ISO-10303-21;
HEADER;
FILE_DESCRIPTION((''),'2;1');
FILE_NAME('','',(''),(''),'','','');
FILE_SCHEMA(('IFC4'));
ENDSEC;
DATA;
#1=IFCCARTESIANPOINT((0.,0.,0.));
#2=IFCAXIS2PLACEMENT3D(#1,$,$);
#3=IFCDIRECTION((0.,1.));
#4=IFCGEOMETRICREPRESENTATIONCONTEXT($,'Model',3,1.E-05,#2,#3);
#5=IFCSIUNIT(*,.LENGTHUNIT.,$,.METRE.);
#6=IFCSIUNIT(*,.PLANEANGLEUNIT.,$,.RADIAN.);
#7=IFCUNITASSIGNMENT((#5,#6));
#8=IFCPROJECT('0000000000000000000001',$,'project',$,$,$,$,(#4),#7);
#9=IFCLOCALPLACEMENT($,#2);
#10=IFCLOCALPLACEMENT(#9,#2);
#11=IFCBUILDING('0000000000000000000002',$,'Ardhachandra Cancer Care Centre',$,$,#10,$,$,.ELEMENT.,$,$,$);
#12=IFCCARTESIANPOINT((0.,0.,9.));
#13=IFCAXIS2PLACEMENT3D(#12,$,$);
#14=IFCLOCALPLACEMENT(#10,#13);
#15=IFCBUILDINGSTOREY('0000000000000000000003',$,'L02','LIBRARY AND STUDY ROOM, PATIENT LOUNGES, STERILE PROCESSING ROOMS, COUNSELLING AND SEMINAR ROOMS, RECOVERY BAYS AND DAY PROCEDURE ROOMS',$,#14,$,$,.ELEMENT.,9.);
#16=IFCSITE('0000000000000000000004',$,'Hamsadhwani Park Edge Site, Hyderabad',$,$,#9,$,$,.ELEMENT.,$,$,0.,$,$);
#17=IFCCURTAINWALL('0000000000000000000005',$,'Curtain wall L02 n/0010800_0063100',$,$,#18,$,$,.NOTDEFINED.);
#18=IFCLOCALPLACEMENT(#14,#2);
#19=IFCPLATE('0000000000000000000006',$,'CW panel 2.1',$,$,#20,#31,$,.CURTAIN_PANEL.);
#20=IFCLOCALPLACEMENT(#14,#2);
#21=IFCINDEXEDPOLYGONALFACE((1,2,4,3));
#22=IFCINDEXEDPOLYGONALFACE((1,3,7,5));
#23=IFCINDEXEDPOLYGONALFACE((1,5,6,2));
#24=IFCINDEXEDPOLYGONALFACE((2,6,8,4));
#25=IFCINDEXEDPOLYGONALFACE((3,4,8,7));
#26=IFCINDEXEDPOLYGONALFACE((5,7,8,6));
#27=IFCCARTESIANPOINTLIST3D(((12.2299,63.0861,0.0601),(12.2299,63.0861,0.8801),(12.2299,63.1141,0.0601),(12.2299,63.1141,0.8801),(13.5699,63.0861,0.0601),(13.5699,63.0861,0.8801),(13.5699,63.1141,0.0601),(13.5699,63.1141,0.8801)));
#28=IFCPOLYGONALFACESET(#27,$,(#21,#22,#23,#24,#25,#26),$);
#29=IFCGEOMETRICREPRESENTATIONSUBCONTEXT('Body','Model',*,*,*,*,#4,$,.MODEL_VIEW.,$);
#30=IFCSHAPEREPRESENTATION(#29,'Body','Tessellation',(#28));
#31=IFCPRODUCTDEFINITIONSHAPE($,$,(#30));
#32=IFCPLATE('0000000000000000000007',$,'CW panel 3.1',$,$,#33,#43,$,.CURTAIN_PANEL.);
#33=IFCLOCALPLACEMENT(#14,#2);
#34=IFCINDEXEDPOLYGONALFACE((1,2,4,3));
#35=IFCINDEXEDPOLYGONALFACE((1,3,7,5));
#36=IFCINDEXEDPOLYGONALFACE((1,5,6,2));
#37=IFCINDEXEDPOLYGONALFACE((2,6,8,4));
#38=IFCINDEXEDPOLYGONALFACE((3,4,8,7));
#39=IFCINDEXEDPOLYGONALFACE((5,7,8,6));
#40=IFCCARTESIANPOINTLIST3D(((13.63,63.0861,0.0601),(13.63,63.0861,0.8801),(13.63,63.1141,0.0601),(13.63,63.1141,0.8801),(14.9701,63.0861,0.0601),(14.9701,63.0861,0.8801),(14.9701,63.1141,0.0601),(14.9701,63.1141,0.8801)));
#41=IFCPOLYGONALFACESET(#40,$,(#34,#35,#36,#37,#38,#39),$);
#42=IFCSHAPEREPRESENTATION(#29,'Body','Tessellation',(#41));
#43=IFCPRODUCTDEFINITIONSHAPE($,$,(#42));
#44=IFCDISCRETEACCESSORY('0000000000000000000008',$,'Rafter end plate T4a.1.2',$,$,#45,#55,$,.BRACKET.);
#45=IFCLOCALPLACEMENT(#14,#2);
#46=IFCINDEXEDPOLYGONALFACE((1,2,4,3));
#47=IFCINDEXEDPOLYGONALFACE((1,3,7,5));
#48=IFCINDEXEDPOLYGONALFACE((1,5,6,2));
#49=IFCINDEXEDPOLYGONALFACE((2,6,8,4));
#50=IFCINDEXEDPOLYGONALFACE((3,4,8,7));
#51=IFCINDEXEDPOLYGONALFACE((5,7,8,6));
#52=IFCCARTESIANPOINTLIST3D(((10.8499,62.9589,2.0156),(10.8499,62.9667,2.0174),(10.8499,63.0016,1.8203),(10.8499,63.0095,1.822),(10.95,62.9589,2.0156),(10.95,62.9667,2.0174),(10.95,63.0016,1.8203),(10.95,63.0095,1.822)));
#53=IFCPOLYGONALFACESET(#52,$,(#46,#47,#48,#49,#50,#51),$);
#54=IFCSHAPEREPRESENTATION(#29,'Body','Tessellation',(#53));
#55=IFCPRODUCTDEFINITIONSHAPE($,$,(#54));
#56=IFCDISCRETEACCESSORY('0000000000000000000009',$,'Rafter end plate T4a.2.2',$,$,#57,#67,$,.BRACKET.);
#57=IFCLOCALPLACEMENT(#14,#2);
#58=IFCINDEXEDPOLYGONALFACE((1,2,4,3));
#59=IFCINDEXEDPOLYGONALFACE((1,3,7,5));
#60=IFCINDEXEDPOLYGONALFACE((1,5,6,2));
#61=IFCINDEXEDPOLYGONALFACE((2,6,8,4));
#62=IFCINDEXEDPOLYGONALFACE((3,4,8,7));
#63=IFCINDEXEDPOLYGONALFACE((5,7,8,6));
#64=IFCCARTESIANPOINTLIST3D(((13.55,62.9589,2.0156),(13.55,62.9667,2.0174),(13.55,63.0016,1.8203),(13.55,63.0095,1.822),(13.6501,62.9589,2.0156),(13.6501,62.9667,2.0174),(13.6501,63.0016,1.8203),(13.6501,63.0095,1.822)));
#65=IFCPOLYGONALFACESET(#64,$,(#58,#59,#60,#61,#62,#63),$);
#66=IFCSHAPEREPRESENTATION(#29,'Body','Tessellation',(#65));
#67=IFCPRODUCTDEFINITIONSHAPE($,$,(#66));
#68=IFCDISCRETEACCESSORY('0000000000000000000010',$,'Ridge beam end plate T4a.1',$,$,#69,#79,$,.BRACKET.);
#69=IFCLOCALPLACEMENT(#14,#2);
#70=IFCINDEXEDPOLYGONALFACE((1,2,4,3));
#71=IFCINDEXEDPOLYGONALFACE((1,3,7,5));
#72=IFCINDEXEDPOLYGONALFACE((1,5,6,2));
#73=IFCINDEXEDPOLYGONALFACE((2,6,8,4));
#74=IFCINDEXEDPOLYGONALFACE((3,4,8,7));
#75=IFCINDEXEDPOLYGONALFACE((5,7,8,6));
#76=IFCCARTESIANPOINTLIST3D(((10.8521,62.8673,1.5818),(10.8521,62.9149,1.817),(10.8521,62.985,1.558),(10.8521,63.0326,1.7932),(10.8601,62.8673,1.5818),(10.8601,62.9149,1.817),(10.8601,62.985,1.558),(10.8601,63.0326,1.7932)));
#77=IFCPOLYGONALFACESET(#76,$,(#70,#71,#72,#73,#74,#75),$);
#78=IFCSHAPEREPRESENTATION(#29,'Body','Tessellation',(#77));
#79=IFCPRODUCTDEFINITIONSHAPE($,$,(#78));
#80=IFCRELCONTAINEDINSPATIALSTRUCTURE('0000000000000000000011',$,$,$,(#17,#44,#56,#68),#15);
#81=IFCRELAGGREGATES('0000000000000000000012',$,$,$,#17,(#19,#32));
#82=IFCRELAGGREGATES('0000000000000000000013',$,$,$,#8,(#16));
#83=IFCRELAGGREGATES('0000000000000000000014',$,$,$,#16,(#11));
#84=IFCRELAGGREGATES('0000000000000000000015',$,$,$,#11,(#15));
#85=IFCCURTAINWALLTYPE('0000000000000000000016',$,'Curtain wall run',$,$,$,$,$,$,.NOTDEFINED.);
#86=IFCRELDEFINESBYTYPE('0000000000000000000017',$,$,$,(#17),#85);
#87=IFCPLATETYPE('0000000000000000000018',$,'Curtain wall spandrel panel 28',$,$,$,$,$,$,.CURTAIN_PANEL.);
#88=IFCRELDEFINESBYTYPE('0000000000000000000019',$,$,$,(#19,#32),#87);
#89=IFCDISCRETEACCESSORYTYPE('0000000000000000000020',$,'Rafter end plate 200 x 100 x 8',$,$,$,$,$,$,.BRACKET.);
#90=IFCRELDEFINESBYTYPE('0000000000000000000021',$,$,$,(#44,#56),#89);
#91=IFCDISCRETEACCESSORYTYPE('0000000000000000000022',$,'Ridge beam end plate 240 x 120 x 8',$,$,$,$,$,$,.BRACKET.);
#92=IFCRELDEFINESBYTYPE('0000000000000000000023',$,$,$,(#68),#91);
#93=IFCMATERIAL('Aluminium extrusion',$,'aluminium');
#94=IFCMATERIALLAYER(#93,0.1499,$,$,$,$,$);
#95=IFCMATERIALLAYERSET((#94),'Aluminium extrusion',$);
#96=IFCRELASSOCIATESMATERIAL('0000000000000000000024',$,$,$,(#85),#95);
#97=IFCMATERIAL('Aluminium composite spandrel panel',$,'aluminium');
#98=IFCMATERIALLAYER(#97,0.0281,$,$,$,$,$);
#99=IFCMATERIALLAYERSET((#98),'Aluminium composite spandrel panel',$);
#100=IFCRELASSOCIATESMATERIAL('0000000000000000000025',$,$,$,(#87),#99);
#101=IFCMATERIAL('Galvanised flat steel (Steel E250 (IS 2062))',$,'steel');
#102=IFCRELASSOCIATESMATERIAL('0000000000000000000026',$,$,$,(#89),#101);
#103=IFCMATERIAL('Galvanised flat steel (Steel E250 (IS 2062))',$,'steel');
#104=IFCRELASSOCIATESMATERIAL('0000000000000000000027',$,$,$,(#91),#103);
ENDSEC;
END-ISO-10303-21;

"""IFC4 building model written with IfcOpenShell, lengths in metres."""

from ifc_helpers import new_model, si_unit, direction, frame, origin, origin_2d, place, context, subcontext, project, spatial, rectangle, extrude, material, layer, layer_set, material_profile, profile_set, type_object, element, aggregate, save


model = new_model("IFC4")

# Units and contexts
model_context = context("Model", 3, precision=1e-05, world=origin(), true_north=direction((0.0, 1.0)))
body_context = subcontext(model_context, "Body", "Model", "MODEL_VIEW")
ifc_project = project(units=[si_unit("LENGTHUNIT", "METRE"), si_unit("PLANEANGLEUNIT", "RADIAN")], contexts=[model_context])

# Site, building, storey
site_placement = place(None, origin())
site = spatial("IfcSite", under=ifc_project, at=site_placement, Name="Hamsadhwani Park Edge Site, Hyderabad", CompositionType="ELEMENT", RefElevation=0.0)
building_placement = place(site_placement, origin())
building = spatial("IfcBuilding", under=site, at=building_placement, Name="Ardhachandra Cancer Care Centre", CompositionType="ELEMENT")
storey_placement = place(building_placement, frame((0.0, 0.0, 9.0)))
storey = spatial("IfcBuildingStorey", under=building, at=storey_placement, Name="L02", Description="LIBRARY AND STUDY ROOM, PATIENT LOUNGES, STERILE PROCESSING ROOMS, COUNSELLING AND SEMINAR ROOMS, RECOVERY BAYS AND DAY PROCEDURE ROOMS", CompositionType="ELEMENT", Elevation=9.0)

# Curtain wall
ifc_material_1 = material(Name="Aluminium extrusion", Category="aluminium")
ifc_layer_1 = layer(ifc_material_1, 0.1499)
ifc_layer_set_1 = layer_set([ifc_layer_1], Name="Aluminium extrusion")
curtain_wall_type = type_object("IfcCurtainWallType", Name="Curtain wall run", PredefinedType="NOTDEFINED", material=ifc_layer_set_1)
curtain_wall_placement = place(storey_placement, origin())
curtain_wall = element("IfcCurtainWall", 1, at=curtain_wall_placement, inside=storey, type_object=curtain_wall_type, Name="Curtain wall L02 n/0010800_0063100", PredefinedType="NOTDEFINED")

# Plates
ifc_material_2 = material(Name="Aluminium composite spandrel panel", Category="aluminium")
ifc_layer_2 = layer(ifc_material_2, 0.0281)
ifc_layer_set_2 = layer_set([ifc_layer_2], Name="Aluminium composite spandrel panel")
plate_type_1 = type_object("IfcPlateType", Name="Curtain wall spandrel panel 28", PredefinedType="CURTAIN_PANEL", material=ifc_layer_set_2)
plate_1_placement = place(storey_placement, frame((12.8999, 63.1001, 0.0601), z_axis=(0.0, 0.0, 1.0), x_axis=(1.0, 0.0, 0.0)))
plate_1 = element("IfcPlate", 2, at=plate_1_placement, type_object=plate_type_1, Name="CW panel 2.1", PredefinedType="CURTAIN_PANEL", context=body_context, shape_type="SweptSolid", body=[
    extrude(rectangle(XDim=1.3401, YDim=0.0281, at=origin_2d()), origin(), (0.0, 0.0, 1.0), 0.8201),
])
plate_2_placement = place(storey_placement, frame((14.3, 63.1001, 0.0601), z_axis=(0.0, 0.0, 1.0), x_axis=(1.0, 0.0, 0.0)))
plate_2 = element("IfcPlate", 3, at=plate_2_placement, type_object=plate_type_1, Name="CW panel 3.1", PredefinedType="CURTAIN_PANEL", context=body_context, shape_type="SweptSolid", body=[
    extrude(rectangle(XDim=1.3401, YDim=0.0281, at=origin_2d()), origin(), (0.0, 0.0, 1.0), 0.8201),
])
aggregate(curtain_wall, [plate_1, plate_2])

# Discrete accessories
ifc_material_3 = material(Name="Galvanised flat steel (Steel E250 (IS 2062))", Category="steel")
ifc_material_profile_1 = material_profile(ifc_material_3, rectangle(XDim=0.1001, YDim=0.2, at=origin_2d()), Name="Rafter end plate 200 x 100 x 8")
ifc_profile_set_1 = profile_set([ifc_material_profile_1], Name="Galvanised flat steel (Steel E250 (IS 2062))")
discrete_accessory_type_1 = type_object("IfcDiscreteAccessoryType", Name="Rafter end plate 200 x 100 x 8", PredefinedType="BRACKET", material=ifc_profile_set_1)
for number, where, z_axis, x_axis, name in (
    (4, (10.8999, 62.9802, 1.918), (0.0, 0.9769, 0.213697), (-1.0, 0.0, 0.0), "Rafter end plate T4a.1.2"),
    (5, (13.6001, 62.9802, 1.918), (0.0, 0.9769, 0.213697), (-1.0, 0.0, 0.0), "Rafter end plate T4a.2.2"),
):
    element("IfcDiscreteAccessory", number, at=place(storey_placement, frame(where, z_axis=z_axis, x_axis=x_axis)), inside=storey, type_object=discrete_accessory_type_1, Name=name, PredefinedType="BRACKET", context=body_context, shape_type="SweptSolid", body=[
        extrude(rectangle(XDim=0.1001, YDim=0.2, at=origin_2d()), origin(), (0.0, 0.0, 1.0), 0.0081),
    ])
ifc_material_4 = material(Name="Galvanised flat steel (Steel E250 (IS 2062))", Category="steel")
ifc_material_profile_2 = material_profile(ifc_material_4, rectangle(XDim=0.1201, YDim=0.24, at=origin_2d()), Name="Ridge beam end plate 240 x 120 x 8")
ifc_profile_set_2 = profile_set([ifc_material_profile_2], Name="Galvanised flat steel (Steel E250 (IS 2062))")
discrete_accessory_type_2 = type_object("IfcDiscreteAccessoryType", Name="Ridge beam end plate 240 x 120 x 8", PredefinedType="BRACKET", material=ifc_profile_set_2)
discrete_accessory_placement = place(storey_placement, frame((10.8601, 62.95, 1.6875), z_axis=(-1.0, 0.0, 0.0), x_axis=(0.0, -0.980107, 0.198472)))
element("IfcDiscreteAccessory", 6, at=discrete_accessory_placement, inside=storey, type_object=discrete_accessory_type_2, Name="Ridge beam end plate T4a.1", PredefinedType="BRACKET", context=body_context, shape_type="SweptSolid", body=[
    extrude(rectangle(XDim=0.1201, YDim=0.24, at=origin_2d()), origin(), (0.0, 0.0, 1.0), 0.0081),
])

save(model, "model.ifc")
